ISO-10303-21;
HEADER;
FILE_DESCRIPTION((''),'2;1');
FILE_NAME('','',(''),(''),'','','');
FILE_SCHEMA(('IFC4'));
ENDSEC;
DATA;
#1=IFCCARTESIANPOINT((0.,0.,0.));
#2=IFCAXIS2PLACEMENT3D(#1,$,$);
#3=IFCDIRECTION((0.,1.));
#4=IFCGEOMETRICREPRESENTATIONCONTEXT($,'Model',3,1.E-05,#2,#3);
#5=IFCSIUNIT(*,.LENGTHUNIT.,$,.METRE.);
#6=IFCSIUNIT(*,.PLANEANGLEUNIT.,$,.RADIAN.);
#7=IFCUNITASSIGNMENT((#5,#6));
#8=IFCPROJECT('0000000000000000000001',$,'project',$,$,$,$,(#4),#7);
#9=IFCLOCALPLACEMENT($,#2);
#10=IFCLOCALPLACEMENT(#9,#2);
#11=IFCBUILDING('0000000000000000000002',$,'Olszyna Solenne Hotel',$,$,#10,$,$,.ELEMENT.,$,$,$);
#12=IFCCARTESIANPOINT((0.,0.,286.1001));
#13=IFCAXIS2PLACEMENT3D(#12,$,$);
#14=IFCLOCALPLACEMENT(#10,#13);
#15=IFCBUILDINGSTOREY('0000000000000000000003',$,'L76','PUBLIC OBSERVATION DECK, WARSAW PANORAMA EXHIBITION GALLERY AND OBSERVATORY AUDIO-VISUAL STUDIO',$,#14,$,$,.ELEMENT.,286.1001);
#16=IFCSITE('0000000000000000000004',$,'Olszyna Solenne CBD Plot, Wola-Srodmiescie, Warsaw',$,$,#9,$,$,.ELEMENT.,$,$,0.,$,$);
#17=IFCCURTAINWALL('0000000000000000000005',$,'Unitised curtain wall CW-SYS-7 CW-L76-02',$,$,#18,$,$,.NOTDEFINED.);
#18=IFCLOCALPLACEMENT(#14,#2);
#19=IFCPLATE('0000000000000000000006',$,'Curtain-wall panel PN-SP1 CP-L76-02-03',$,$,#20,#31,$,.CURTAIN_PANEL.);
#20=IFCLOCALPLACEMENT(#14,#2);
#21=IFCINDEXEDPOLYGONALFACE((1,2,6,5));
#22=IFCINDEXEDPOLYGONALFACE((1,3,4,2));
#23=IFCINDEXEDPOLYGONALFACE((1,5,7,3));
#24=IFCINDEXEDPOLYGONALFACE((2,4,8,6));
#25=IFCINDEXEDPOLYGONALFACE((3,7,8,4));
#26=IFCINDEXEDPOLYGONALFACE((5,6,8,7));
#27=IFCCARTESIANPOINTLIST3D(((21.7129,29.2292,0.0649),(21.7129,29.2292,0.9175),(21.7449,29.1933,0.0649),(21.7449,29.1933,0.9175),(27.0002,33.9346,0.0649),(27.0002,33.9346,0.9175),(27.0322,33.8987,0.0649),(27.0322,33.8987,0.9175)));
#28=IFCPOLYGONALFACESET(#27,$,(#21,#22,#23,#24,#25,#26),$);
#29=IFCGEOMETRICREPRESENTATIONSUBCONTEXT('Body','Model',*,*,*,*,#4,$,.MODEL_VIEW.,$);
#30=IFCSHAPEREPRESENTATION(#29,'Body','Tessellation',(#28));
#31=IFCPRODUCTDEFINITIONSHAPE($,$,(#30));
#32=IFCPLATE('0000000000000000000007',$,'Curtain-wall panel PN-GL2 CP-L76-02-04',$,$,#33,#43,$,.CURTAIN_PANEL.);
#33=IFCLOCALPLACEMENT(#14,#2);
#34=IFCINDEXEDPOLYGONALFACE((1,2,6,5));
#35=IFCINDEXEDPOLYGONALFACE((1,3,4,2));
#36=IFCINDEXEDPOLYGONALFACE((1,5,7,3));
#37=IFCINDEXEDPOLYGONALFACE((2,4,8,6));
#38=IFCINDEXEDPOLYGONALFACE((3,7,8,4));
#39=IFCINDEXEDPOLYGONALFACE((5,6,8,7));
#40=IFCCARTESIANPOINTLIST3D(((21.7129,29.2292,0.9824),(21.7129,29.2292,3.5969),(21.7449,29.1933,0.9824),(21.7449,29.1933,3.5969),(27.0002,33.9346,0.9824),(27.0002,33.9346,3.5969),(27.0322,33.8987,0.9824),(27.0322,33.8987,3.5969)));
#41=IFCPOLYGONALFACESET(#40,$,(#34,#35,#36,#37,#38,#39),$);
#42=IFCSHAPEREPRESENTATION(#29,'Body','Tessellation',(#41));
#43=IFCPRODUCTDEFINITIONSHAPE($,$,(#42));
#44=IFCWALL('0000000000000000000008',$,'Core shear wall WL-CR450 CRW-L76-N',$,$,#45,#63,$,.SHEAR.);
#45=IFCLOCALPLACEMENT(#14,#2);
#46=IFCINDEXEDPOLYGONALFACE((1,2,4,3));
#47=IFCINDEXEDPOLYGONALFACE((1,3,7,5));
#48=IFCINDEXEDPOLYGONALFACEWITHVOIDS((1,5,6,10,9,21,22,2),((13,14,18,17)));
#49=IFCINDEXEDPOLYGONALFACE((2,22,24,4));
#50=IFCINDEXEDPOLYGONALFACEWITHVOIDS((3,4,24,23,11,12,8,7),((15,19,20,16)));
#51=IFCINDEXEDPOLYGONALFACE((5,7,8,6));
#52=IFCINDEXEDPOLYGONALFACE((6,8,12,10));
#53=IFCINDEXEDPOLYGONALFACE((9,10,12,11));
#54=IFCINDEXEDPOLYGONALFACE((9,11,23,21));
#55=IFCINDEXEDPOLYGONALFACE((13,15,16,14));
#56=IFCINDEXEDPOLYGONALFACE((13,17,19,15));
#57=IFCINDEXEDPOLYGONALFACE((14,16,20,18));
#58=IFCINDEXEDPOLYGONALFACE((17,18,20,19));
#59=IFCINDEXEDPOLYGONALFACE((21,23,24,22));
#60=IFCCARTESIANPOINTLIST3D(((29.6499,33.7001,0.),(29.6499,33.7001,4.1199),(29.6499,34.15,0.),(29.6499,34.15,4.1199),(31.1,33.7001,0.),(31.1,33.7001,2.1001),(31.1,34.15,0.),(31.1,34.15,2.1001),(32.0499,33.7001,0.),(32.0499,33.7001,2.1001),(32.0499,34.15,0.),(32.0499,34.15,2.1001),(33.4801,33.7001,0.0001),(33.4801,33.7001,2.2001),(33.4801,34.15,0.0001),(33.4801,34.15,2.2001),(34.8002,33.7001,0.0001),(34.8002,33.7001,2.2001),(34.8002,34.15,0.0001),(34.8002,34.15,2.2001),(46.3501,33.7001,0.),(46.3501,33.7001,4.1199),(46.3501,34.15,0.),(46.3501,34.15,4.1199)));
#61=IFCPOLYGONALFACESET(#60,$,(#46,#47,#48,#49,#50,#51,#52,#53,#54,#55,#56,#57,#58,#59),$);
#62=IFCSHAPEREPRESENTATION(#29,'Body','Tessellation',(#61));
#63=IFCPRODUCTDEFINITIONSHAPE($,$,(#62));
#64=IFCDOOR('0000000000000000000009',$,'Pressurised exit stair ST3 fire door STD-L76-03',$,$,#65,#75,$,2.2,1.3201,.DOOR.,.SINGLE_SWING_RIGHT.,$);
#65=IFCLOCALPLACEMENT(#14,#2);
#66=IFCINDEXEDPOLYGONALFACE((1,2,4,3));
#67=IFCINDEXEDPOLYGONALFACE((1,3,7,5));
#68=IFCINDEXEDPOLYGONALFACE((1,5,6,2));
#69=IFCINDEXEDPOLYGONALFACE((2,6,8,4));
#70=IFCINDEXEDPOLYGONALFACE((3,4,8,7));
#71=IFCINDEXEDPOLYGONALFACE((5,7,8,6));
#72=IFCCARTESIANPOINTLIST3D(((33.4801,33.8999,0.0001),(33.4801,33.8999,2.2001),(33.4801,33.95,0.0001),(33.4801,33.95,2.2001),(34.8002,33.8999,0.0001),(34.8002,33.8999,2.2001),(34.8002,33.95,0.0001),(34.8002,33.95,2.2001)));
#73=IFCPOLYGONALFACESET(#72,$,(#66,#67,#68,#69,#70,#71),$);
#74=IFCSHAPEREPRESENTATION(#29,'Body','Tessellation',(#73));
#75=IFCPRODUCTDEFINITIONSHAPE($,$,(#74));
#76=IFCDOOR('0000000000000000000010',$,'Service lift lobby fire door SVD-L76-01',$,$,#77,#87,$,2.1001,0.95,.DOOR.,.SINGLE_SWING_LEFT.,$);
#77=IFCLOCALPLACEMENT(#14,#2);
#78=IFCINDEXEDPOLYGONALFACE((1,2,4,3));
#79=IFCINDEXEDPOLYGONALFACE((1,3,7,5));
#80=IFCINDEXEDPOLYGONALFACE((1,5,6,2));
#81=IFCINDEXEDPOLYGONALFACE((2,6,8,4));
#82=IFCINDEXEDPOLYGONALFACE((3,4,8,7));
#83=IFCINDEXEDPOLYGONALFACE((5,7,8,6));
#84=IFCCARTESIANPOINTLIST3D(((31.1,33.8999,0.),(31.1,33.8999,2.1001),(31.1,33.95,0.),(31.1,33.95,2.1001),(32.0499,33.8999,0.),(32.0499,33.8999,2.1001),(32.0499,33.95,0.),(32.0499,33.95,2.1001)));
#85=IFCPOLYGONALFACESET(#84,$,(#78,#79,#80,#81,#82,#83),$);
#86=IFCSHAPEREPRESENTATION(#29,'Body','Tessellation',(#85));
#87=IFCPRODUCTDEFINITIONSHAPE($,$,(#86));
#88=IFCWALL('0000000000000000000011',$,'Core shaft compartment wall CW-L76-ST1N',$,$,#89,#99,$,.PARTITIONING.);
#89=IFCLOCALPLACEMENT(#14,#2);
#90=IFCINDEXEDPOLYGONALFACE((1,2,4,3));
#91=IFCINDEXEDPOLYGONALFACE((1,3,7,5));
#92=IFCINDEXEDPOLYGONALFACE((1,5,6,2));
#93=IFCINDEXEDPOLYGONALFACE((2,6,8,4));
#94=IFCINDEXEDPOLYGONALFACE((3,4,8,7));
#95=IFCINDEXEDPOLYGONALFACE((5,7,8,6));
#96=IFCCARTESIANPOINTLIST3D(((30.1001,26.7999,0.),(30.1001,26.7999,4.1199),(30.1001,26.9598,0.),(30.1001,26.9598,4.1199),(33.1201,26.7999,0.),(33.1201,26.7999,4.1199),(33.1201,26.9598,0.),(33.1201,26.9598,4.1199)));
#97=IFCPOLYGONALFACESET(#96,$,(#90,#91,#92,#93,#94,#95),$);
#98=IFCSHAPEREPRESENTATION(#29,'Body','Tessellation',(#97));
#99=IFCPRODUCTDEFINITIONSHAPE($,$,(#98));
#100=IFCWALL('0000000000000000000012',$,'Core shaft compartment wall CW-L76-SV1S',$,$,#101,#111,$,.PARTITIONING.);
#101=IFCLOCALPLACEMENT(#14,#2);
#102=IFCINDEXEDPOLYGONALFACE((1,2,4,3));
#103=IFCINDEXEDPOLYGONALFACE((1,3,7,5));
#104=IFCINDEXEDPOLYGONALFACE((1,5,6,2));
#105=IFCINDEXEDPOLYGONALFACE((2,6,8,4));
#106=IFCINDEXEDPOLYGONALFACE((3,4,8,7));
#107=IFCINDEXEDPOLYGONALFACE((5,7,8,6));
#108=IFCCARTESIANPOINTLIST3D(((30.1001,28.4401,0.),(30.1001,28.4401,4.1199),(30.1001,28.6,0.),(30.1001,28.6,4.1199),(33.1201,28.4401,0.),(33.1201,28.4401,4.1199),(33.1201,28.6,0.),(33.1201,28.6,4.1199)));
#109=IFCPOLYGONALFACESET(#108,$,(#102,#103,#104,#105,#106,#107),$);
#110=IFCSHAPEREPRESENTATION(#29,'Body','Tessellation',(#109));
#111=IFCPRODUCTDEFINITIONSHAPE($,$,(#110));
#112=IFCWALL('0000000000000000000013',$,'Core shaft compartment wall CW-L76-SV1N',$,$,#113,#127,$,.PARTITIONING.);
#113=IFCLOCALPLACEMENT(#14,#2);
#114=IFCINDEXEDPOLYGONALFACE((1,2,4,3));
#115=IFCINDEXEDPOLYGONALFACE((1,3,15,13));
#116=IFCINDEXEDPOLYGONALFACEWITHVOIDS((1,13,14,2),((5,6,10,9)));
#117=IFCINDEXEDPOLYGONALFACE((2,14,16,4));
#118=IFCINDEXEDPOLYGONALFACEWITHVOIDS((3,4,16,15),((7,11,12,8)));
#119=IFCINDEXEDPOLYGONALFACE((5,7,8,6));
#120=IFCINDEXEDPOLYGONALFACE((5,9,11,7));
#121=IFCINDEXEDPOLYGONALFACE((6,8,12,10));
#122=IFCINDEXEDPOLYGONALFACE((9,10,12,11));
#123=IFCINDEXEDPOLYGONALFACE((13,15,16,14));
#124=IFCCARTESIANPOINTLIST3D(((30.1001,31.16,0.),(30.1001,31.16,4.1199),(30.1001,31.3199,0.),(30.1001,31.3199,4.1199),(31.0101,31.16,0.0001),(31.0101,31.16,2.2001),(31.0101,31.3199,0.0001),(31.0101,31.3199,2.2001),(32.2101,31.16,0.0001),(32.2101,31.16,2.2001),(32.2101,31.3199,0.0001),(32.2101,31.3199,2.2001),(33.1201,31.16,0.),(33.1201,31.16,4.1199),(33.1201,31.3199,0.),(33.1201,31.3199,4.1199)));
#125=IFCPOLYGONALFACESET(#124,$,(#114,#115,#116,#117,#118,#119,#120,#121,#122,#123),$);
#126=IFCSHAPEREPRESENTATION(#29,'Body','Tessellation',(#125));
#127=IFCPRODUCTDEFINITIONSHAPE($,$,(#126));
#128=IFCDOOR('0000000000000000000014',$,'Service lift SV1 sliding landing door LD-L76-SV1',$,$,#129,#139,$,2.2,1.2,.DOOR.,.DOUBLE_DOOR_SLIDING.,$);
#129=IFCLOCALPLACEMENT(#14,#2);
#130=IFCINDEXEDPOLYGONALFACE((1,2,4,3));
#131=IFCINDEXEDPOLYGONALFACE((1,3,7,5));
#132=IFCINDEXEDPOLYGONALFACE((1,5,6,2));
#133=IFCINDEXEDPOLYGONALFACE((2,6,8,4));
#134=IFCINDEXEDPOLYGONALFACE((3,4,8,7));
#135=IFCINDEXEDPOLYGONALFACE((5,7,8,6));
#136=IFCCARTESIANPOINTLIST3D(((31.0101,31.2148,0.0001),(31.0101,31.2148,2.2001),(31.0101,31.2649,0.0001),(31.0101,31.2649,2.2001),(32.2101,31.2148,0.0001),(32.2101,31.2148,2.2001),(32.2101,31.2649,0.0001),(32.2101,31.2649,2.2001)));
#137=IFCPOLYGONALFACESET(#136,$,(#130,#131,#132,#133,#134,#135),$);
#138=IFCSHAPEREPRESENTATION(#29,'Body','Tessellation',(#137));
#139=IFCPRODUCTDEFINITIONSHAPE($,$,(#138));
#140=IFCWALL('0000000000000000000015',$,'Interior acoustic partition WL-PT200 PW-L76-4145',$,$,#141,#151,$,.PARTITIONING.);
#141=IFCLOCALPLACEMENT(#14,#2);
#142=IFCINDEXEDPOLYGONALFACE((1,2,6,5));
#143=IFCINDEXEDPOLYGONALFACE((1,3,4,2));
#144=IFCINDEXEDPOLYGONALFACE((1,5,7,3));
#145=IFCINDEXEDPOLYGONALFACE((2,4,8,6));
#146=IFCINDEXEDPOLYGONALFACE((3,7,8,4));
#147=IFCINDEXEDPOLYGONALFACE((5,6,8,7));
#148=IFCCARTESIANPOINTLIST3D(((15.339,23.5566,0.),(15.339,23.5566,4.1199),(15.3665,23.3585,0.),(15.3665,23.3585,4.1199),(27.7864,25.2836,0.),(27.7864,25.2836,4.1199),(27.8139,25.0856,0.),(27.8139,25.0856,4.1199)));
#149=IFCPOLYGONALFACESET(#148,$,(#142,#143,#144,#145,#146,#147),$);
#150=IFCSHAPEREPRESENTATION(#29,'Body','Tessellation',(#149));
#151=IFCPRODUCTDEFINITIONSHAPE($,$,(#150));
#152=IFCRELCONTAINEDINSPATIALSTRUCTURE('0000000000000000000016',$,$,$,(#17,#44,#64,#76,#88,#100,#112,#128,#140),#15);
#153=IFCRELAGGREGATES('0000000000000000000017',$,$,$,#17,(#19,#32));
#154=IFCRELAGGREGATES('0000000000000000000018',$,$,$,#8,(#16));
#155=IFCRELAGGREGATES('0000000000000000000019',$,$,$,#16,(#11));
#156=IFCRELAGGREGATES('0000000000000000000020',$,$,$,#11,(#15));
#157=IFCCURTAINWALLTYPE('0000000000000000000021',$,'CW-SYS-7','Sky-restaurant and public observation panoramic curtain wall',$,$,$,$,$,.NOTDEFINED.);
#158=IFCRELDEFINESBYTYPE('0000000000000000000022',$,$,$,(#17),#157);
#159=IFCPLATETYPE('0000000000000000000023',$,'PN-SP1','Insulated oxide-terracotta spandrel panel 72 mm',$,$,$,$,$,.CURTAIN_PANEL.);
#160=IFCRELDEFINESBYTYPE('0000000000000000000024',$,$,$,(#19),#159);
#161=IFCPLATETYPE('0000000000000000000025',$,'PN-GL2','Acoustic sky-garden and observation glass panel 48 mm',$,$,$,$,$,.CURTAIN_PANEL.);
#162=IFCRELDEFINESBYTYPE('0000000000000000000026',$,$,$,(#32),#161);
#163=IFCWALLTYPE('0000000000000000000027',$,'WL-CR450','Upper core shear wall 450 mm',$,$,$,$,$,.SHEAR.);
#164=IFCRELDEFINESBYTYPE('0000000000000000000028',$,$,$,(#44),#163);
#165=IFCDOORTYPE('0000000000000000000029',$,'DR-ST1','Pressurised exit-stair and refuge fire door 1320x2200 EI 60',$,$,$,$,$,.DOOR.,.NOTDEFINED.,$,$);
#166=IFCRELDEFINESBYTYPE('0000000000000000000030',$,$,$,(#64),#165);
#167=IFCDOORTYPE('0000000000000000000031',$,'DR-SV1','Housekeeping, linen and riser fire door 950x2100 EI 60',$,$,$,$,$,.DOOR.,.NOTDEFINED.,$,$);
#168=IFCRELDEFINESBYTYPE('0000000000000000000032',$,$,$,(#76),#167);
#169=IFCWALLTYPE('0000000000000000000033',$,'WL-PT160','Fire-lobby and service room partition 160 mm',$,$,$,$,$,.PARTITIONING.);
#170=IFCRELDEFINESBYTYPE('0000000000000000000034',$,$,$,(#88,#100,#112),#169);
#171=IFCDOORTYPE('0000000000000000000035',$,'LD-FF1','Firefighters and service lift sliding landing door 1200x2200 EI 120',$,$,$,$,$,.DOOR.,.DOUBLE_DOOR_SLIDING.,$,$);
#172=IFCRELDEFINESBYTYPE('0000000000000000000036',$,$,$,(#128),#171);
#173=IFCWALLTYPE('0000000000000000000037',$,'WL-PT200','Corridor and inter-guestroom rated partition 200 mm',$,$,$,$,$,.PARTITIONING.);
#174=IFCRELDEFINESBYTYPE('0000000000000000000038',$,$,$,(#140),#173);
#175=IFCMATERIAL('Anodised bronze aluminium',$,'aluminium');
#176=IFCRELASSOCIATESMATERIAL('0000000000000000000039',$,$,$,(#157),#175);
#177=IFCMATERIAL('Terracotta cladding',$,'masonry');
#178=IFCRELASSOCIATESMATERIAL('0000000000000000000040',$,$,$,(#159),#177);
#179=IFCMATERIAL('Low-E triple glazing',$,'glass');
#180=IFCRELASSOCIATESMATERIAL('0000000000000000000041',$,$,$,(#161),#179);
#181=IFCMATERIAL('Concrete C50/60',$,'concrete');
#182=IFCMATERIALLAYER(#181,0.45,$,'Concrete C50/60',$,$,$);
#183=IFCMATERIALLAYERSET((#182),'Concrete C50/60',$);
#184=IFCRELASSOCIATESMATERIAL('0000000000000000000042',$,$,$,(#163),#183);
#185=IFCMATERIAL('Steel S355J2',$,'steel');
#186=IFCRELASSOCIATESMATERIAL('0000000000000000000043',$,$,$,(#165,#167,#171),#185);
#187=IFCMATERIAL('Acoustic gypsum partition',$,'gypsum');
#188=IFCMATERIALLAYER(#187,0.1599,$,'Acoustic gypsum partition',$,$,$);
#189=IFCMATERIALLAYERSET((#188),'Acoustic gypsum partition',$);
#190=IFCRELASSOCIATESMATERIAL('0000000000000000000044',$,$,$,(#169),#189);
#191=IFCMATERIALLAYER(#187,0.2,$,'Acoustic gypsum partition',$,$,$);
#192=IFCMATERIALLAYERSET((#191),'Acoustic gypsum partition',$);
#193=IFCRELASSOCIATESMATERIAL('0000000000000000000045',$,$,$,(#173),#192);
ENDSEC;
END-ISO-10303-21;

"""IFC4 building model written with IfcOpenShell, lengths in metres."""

from ifc_helpers import new_model, si_unit, direction, frame, frame_2d, origin, origin_2d, place, context, subcontext, project, spatial, rectangle, extrude, source, transform, mapped, material, layer, layer_set, type_object, type_shapes, element, fill, aggregate, save


model = new_model("IFC4")

# Units and contexts
model_context = context("Model", 3, precision=1e-05, world=origin(), true_north=direction((0.0, 1.0)))
body_context = subcontext(model_context, "Body", "Model", "MODEL_VIEW")
ifc_project = project(units=[si_unit("LENGTHUNIT", "METRE"), si_unit("PLANEANGLEUNIT", "RADIAN")], contexts=[model_context])

# Site, building, storey
site_placement = place(None, origin())
site = spatial("IfcSite", under=ifc_project, at=site_placement, Name="Olszyna Solenne CBD Plot, Wola-Srodmiescie, Warsaw", CompositionType="ELEMENT", RefElevation=0.0)
building_placement = place(site_placement, origin())
building = spatial("IfcBuilding", under=site, at=building_placement, Name="Olszyna Solenne Hotel", CompositionType="ELEMENT")
storey_placement = place(building_placement, frame((0.0, 0.0, 286.1001)))
storey = spatial("IfcBuildingStorey", under=building, at=storey_placement, Name="L76", Description="PUBLIC OBSERVATION DECK, WARSAW PANORAMA EXHIBITION GALLERY AND OBSERVATORY AUDIO-VISUAL STUDIO", CompositionType="ELEMENT", Elevation=286.1001)

# Shared definitions
ifc_material_1 = material(Name="Steel S355J2", Category="steel")

# Curtain wall
ifc_material_2 = material(Name="Anodised bronze aluminium", Category="aluminium")
curtain_wall_type = type_object("IfcCurtainWallType", Name="CW-SYS-7", Description="Sky-restaurant and public observation panoramic curtain wall", PredefinedType="NOTDEFINED", material=ifc_material_2)
curtain_wall_placement = place(storey_placement, origin())
curtain_wall = element("IfcCurtainWall", 1, at=curtain_wall_placement, inside=storey, type_object=curtain_wall_type, Name="Unitised curtain wall CW-SYS-7 CW-L76-02", PredefinedType="NOTDEFINED")

# Shared definitions
ifc_material_3 = material(Name="Concrete C50/60", Category="concrete")

# Plates
ifc_material_4 = material(Name="Terracotta cladding", Category="masonry")
plate_type_1 = type_object("IfcPlateType", Name="PN-SP1", Description="Insulated oxide-terracotta spandrel panel 72 mm", PredefinedType="CURTAIN_PANEL", material=ifc_material_4)
ifc_material_5 = material(Name="Low-E triple glazing", Category="glass")
plate_type_2 = type_object("IfcPlateType", Name="PN-GL2", Description="Acoustic sky-garden and observation glass panel 48 mm", PredefinedType="CURTAIN_PANEL", material=ifc_material_5)
shared_shape_1 = source(origin(), body_context, "Body", "SweptSolid", [
    extrude(rectangle(XDim=7.0779, YDim=0.0481, at=origin_2d()), origin(), (0.0, 0.0, 1.0), 0.8525),
])
plate_1_placement = place(storey_placement, frame((24.3726, 31.564, 0.0649), z_axis=(0.0, 0.0, 1.0), x_axis=(0.747016, 0.664807, 0.0)))
plate_1 = element("IfcPlate", 2, at=plate_1_placement, type_object=plate_type_1, Name="Curtain-wall panel PN-SP1 CP-L76-02-03", PredefinedType="CURTAIN_PANEL", context=body_context, shape_type="MappedRepresentation", body=[
    mapped(shared_shape_1, transform((0.0, 0.0, 0.0), x_axis=(1.0, 0.0, 0.0), y_axis=(0.0, 1.0, 0.0), z_axis=(0.0, 0.0, 1.0), scale=1.0)),
])
shared_shape_2 = source(origin(), body_context, "Body", "SweptSolid", [
    extrude(rectangle(XDim=7.0779, YDim=0.0481, at=origin_2d()), origin(), (0.0, 0.0, 1.0), 2.6145),
])
plate_2_placement = place(storey_placement, frame((24.3726, 31.564, 0.9824), z_axis=(0.0, 0.0, 1.0), x_axis=(0.747016, 0.664807, 0.0)))
plate_2 = element("IfcPlate", 3, at=plate_2_placement, type_object=plate_type_2, Name="Curtain-wall panel PN-GL2 CP-L76-02-04", PredefinedType="CURTAIN_PANEL", context=body_context, shape_type="MappedRepresentation", body=[
    mapped(shared_shape_2, transform((0.0, 0.0, 0.0), x_axis=(1.0, 0.0, 0.0), y_axis=(0.0, 1.0, 0.0), z_axis=(0.0, 0.0, 1.0), scale=1.0)),
])
aggregate(curtain_wall, [plate_1, plate_2])

# Wall, openings, doors
ifc_layer_1 = layer(ifc_material_3, 0.45, Name="Concrete C50/60")
ifc_layer_set_1 = layer_set([ifc_layer_1], Name="Concrete C50/60")
wall_type_1 = type_object("IfcWallType", Name="WL-CR450", Description="Upper core shear wall 450 mm", PredefinedType="SHEAR", material=ifc_layer_set_1)
wall_1_placement = place(storey_placement, frame((29.6499, 33.925, 0.0), z_axis=(0.0, 0.0, 1.0), x_axis=(1.0, 0.0, 0.0)))
wall_1 = element("IfcWall", 4, at=wall_1_placement, inside=storey, type_object=wall_type_1, Name="Core shear wall WL-CR450 CRW-L76-N", PredefinedType="SHEAR", context=body_context, shape_type="SweptSolid", body=[
    extrude(rectangle(XDim=16.7002, YDim=0.45, at=frame_2d((8.3501, 0.0))), origin(), (0.0, 0.0, 1.0), 4.1199),
])
opening_1_placement = place(wall_1_placement, frame((1.45, 0.0, 0.0)))
opening_1 = element("IfcOpeningElement", 5, at=opening_1_placement, cuts=wall_1, PredefinedType="OPENING", context=body_context, shape_type="SweptSolid", body=[
    extrude(rectangle(XDim=0.95, YDim=2.1001, at=frame_2d((0.4751, 1.05))), frame((0.0, 0.2349, 0.0), z_axis=(0.0, -1.0, 0.0), x_axis=(1.0, 0.0, 0.0)), (0.0, 0.0, 1.0), 0.47),
])
opening_2_placement = place(wall_1_placement, frame((3.8301, 0.0, 0.0)))
opening_2 = element("IfcOpeningElement", 6, at=opening_2_placement, cuts=wall_1, PredefinedType="OPENING", context=body_context, shape_type="SweptSolid", body=[
    extrude(rectangle(XDim=1.3201, YDim=2.2, at=frame_2d((0.6602, 1.1001))), frame((0.0, 0.2349, 0.0), z_axis=(0.0, -1.0, 0.0), x_axis=(1.0, 0.0, 0.0)), (0.0, 0.0, 1.0), 0.47),
])
door_type_1 = type_object("IfcDoorType", Name="DR-ST1", Description="Pressurised exit-stair and refuge fire door 1320x2200 EI 60", OperationType="NOTDEFINED", PredefinedType="DOOR", material=ifc_material_1)
shared_shape_3 = source(origin(), body_context, "Body", "SweptSolid", [
    extrude(rectangle(XDim=1.3201, YDim=2.2, at=frame_2d((0.6602, 1.1001))), frame((0.0, 0.0249, 0.0), z_axis=(0.0, -1.0, 0.0), x_axis=(1.0, 0.0, 0.0)), (0.0, 0.0, 1.0), 0.05),
])
type_shapes(door_type_1, [shared_shape_3])
door_1_placement = place(opening_2_placement, origin())
door_1 = element("IfcDoor", 7, at=door_1_placement, inside=storey, type_object=door_type_1, Name="Pressurised exit stair ST3 fire door STD-L76-03", OperationType="SINGLE_SWING_RIGHT", OverallHeight=2.2, OverallWidth=1.3201, PredefinedType="DOOR", context=body_context, shape_type="MappedRepresentation", body=[
    mapped(shared_shape_3, transform((0.0, 0.0, 0.0), x_axis=(1.0, 0.0, 0.0), y_axis=(0.0, 1.0, 0.0), z_axis=(0.0, 0.0, 1.0), scale=1.0)),
])
fill(opening_2, door_1)
door_type_2 = type_object("IfcDoorType", Name="DR-SV1", Description="Housekeeping, linen and riser fire door 950x2100 EI 60", OperationType="NOTDEFINED", PredefinedType="DOOR", material=ifc_material_1)
shared_shape_4 = source(origin(), body_context, "Body", "SweptSolid", [
    extrude(rectangle(XDim=0.95, YDim=2.1001, at=frame_2d((0.4751, 1.05))), frame((0.0, 0.0249, 0.0), z_axis=(0.0, -1.0, 0.0), x_axis=(1.0, 0.0, 0.0)), (0.0, 0.0, 1.0), 0.05),
])
type_shapes(door_type_2, [shared_shape_4])
door_2_placement = place(opening_1_placement, origin())
door_2 = element("IfcDoor", 8, at=door_2_placement, inside=storey, type_object=door_type_2, Name="Service lift lobby fire door SVD-L76-01", OperationType="SINGLE_SWING_LEFT", OverallHeight=2.1001, OverallWidth=0.95, PredefinedType="DOOR", context=body_context, shape_type="MappedRepresentation", body=[
    mapped(shared_shape_4, transform((0.0, 0.0, 0.0), x_axis=(1.0, 0.0, 0.0), y_axis=(0.0, 1.0, 0.0), z_axis=(0.0, 0.0, 1.0), scale=1.0)),
])
fill(opening_1, door_2)

# Walls
ifc_material_6 = material(Name="Acoustic gypsum partition", Category="gypsum")
ifc_layer_2 = layer(ifc_material_6, 0.1599, Name="Acoustic gypsum partition")
ifc_layer_set_2 = layer_set([ifc_layer_2], Name="Acoustic gypsum partition")
wall_type_2 = type_object("IfcWallType", Name="WL-PT160", Description="Fire-lobby and service room partition 160 mm", PredefinedType="PARTITIONING", material=ifc_layer_set_2)
for number, where, z_axis, x_axis, name in (
    (9, (30.1001, 26.8799, 0.0), (0.0, 0.0, 1.0), (1.0, 0.0, 0.0), "Core shaft compartment wall CW-L76-ST1N"),
    (10, (30.1001, 28.52, 0.0), (0.0, 0.0, 1.0), (1.0, 0.0, 0.0), "Core shaft compartment wall CW-L76-SV1S"),
):
    element("IfcWall", number, at=place(storey_placement, frame(where, z_axis=z_axis, x_axis=x_axis)), inside=storey, type_object=wall_type_2, Name=name, PredefinedType="PARTITIONING", context=body_context, shape_type="SweptSolid", body=[
        extrude(rectangle(XDim=3.02, YDim=0.1599, at=frame_2d((1.51, 0.0))), origin(), (0.0, 0.0, 1.0), 4.1199),
    ])

# Wall, opening, door
wall_2_placement = place(storey_placement, frame((30.1001, 31.24, 0.0), z_axis=(0.0, 0.0, 1.0), x_axis=(1.0, 0.0, 0.0)))
wall_2 = element("IfcWall", 11, at=wall_2_placement, inside=storey, type_object=wall_type_2, Name="Core shaft compartment wall CW-L76-SV1N", PredefinedType="PARTITIONING", context=body_context, shape_type="SweptSolid", body=[
    extrude(rectangle(XDim=3.02, YDim=0.1599, at=frame_2d((1.51, 0.0))), origin(), (0.0, 0.0, 1.0), 4.1199),
])
opening_3_placement = place(wall_2_placement, frame((0.9099, 0.0, 0.0)))
opening_3 = element("IfcOpeningElement", 12, at=opening_3_placement, cuts=wall_2, PredefinedType="OPENING", context=body_context, shape_type="SweptSolid", body=[
    extrude(rectangle(XDim=1.2, YDim=2.2, at=frame_2d((0.6001, 1.1001))), frame((0.0, 0.0898, 0.0), z_axis=(0.0, -1.0, 0.0), x_axis=(1.0, 0.0, 0.0)), (0.0, 0.0, 1.0), 0.1799),
])
door_type_3 = type_object("IfcDoorType", Name="LD-FF1", Description="Firefighters and service lift sliding landing door 1200x2200 EI 120", OperationType="DOUBLE_DOOR_SLIDING", PredefinedType="DOOR", material=ifc_material_1)
shared_shape_5 = source(origin(), body_context, "Body", "SweptSolid", [
    extrude(rectangle(XDim=1.2, YDim=2.2, at=frame_2d((0.6001, 1.1001))), frame((0.0, 0.0249, 0.0), z_axis=(0.0, -1.0, 0.0), x_axis=(1.0, 0.0, 0.0)), (0.0, 0.0, 1.0), 0.05),
])
type_shapes(door_type_3, [shared_shape_5])
door_3_placement = place(opening_3_placement, origin())
door_3 = element("IfcDoor", 13, at=door_3_placement, inside=storey, type_object=door_type_3, Name="Service lift SV1 sliding landing door LD-L76-SV1", OperationType="DOUBLE_DOOR_SLIDING", OverallHeight=2.2, OverallWidth=1.2, PredefinedType="DOOR", context=body_context, shape_type="MappedRepresentation", body=[
    mapped(shared_shape_5, transform((0.0, 0.0, 0.0), x_axis=(1.0, 0.0, 0.0), y_axis=(0.0, 1.0, 0.0), z_axis=(0.0, 0.0, 1.0), scale=1.0)),
])
fill(opening_3, door_3)

# Wall
ifc_layer_3 = layer(ifc_material_6, 0.2, Name="Acoustic gypsum partition")
ifc_layer_set_3 = layer_set([ifc_layer_3], Name="Acoustic gypsum partition")
wall_type_3 = type_object("IfcWallType", Name="WL-PT200", Description="Corridor and inter-guestroom rated partition 200 mm", PredefinedType="PARTITIONING", material=ifc_layer_set_3)
wall_3_placement = place(storey_placement, frame((27.8, 25.1846, 0.0), z_axis=(0.0, 0.0, 1.0), x_axis=(-0.990511, -0.13743, 0.0)))
element("IfcWall", 14, at=wall_3_placement, inside=storey, type_object=wall_type_3, Name="Interior acoustic partition WL-PT200 PW-L76-4145", PredefinedType="PARTITIONING", context=body_context, shape_type="SweptSolid", body=[
    extrude(rectangle(XDim=12.5667, YDim=0.2, at=frame_2d((6.2832, 0.0))), origin(), (0.0, 0.0, 1.0), 4.1199),
])

save(model, "model.ifc")
